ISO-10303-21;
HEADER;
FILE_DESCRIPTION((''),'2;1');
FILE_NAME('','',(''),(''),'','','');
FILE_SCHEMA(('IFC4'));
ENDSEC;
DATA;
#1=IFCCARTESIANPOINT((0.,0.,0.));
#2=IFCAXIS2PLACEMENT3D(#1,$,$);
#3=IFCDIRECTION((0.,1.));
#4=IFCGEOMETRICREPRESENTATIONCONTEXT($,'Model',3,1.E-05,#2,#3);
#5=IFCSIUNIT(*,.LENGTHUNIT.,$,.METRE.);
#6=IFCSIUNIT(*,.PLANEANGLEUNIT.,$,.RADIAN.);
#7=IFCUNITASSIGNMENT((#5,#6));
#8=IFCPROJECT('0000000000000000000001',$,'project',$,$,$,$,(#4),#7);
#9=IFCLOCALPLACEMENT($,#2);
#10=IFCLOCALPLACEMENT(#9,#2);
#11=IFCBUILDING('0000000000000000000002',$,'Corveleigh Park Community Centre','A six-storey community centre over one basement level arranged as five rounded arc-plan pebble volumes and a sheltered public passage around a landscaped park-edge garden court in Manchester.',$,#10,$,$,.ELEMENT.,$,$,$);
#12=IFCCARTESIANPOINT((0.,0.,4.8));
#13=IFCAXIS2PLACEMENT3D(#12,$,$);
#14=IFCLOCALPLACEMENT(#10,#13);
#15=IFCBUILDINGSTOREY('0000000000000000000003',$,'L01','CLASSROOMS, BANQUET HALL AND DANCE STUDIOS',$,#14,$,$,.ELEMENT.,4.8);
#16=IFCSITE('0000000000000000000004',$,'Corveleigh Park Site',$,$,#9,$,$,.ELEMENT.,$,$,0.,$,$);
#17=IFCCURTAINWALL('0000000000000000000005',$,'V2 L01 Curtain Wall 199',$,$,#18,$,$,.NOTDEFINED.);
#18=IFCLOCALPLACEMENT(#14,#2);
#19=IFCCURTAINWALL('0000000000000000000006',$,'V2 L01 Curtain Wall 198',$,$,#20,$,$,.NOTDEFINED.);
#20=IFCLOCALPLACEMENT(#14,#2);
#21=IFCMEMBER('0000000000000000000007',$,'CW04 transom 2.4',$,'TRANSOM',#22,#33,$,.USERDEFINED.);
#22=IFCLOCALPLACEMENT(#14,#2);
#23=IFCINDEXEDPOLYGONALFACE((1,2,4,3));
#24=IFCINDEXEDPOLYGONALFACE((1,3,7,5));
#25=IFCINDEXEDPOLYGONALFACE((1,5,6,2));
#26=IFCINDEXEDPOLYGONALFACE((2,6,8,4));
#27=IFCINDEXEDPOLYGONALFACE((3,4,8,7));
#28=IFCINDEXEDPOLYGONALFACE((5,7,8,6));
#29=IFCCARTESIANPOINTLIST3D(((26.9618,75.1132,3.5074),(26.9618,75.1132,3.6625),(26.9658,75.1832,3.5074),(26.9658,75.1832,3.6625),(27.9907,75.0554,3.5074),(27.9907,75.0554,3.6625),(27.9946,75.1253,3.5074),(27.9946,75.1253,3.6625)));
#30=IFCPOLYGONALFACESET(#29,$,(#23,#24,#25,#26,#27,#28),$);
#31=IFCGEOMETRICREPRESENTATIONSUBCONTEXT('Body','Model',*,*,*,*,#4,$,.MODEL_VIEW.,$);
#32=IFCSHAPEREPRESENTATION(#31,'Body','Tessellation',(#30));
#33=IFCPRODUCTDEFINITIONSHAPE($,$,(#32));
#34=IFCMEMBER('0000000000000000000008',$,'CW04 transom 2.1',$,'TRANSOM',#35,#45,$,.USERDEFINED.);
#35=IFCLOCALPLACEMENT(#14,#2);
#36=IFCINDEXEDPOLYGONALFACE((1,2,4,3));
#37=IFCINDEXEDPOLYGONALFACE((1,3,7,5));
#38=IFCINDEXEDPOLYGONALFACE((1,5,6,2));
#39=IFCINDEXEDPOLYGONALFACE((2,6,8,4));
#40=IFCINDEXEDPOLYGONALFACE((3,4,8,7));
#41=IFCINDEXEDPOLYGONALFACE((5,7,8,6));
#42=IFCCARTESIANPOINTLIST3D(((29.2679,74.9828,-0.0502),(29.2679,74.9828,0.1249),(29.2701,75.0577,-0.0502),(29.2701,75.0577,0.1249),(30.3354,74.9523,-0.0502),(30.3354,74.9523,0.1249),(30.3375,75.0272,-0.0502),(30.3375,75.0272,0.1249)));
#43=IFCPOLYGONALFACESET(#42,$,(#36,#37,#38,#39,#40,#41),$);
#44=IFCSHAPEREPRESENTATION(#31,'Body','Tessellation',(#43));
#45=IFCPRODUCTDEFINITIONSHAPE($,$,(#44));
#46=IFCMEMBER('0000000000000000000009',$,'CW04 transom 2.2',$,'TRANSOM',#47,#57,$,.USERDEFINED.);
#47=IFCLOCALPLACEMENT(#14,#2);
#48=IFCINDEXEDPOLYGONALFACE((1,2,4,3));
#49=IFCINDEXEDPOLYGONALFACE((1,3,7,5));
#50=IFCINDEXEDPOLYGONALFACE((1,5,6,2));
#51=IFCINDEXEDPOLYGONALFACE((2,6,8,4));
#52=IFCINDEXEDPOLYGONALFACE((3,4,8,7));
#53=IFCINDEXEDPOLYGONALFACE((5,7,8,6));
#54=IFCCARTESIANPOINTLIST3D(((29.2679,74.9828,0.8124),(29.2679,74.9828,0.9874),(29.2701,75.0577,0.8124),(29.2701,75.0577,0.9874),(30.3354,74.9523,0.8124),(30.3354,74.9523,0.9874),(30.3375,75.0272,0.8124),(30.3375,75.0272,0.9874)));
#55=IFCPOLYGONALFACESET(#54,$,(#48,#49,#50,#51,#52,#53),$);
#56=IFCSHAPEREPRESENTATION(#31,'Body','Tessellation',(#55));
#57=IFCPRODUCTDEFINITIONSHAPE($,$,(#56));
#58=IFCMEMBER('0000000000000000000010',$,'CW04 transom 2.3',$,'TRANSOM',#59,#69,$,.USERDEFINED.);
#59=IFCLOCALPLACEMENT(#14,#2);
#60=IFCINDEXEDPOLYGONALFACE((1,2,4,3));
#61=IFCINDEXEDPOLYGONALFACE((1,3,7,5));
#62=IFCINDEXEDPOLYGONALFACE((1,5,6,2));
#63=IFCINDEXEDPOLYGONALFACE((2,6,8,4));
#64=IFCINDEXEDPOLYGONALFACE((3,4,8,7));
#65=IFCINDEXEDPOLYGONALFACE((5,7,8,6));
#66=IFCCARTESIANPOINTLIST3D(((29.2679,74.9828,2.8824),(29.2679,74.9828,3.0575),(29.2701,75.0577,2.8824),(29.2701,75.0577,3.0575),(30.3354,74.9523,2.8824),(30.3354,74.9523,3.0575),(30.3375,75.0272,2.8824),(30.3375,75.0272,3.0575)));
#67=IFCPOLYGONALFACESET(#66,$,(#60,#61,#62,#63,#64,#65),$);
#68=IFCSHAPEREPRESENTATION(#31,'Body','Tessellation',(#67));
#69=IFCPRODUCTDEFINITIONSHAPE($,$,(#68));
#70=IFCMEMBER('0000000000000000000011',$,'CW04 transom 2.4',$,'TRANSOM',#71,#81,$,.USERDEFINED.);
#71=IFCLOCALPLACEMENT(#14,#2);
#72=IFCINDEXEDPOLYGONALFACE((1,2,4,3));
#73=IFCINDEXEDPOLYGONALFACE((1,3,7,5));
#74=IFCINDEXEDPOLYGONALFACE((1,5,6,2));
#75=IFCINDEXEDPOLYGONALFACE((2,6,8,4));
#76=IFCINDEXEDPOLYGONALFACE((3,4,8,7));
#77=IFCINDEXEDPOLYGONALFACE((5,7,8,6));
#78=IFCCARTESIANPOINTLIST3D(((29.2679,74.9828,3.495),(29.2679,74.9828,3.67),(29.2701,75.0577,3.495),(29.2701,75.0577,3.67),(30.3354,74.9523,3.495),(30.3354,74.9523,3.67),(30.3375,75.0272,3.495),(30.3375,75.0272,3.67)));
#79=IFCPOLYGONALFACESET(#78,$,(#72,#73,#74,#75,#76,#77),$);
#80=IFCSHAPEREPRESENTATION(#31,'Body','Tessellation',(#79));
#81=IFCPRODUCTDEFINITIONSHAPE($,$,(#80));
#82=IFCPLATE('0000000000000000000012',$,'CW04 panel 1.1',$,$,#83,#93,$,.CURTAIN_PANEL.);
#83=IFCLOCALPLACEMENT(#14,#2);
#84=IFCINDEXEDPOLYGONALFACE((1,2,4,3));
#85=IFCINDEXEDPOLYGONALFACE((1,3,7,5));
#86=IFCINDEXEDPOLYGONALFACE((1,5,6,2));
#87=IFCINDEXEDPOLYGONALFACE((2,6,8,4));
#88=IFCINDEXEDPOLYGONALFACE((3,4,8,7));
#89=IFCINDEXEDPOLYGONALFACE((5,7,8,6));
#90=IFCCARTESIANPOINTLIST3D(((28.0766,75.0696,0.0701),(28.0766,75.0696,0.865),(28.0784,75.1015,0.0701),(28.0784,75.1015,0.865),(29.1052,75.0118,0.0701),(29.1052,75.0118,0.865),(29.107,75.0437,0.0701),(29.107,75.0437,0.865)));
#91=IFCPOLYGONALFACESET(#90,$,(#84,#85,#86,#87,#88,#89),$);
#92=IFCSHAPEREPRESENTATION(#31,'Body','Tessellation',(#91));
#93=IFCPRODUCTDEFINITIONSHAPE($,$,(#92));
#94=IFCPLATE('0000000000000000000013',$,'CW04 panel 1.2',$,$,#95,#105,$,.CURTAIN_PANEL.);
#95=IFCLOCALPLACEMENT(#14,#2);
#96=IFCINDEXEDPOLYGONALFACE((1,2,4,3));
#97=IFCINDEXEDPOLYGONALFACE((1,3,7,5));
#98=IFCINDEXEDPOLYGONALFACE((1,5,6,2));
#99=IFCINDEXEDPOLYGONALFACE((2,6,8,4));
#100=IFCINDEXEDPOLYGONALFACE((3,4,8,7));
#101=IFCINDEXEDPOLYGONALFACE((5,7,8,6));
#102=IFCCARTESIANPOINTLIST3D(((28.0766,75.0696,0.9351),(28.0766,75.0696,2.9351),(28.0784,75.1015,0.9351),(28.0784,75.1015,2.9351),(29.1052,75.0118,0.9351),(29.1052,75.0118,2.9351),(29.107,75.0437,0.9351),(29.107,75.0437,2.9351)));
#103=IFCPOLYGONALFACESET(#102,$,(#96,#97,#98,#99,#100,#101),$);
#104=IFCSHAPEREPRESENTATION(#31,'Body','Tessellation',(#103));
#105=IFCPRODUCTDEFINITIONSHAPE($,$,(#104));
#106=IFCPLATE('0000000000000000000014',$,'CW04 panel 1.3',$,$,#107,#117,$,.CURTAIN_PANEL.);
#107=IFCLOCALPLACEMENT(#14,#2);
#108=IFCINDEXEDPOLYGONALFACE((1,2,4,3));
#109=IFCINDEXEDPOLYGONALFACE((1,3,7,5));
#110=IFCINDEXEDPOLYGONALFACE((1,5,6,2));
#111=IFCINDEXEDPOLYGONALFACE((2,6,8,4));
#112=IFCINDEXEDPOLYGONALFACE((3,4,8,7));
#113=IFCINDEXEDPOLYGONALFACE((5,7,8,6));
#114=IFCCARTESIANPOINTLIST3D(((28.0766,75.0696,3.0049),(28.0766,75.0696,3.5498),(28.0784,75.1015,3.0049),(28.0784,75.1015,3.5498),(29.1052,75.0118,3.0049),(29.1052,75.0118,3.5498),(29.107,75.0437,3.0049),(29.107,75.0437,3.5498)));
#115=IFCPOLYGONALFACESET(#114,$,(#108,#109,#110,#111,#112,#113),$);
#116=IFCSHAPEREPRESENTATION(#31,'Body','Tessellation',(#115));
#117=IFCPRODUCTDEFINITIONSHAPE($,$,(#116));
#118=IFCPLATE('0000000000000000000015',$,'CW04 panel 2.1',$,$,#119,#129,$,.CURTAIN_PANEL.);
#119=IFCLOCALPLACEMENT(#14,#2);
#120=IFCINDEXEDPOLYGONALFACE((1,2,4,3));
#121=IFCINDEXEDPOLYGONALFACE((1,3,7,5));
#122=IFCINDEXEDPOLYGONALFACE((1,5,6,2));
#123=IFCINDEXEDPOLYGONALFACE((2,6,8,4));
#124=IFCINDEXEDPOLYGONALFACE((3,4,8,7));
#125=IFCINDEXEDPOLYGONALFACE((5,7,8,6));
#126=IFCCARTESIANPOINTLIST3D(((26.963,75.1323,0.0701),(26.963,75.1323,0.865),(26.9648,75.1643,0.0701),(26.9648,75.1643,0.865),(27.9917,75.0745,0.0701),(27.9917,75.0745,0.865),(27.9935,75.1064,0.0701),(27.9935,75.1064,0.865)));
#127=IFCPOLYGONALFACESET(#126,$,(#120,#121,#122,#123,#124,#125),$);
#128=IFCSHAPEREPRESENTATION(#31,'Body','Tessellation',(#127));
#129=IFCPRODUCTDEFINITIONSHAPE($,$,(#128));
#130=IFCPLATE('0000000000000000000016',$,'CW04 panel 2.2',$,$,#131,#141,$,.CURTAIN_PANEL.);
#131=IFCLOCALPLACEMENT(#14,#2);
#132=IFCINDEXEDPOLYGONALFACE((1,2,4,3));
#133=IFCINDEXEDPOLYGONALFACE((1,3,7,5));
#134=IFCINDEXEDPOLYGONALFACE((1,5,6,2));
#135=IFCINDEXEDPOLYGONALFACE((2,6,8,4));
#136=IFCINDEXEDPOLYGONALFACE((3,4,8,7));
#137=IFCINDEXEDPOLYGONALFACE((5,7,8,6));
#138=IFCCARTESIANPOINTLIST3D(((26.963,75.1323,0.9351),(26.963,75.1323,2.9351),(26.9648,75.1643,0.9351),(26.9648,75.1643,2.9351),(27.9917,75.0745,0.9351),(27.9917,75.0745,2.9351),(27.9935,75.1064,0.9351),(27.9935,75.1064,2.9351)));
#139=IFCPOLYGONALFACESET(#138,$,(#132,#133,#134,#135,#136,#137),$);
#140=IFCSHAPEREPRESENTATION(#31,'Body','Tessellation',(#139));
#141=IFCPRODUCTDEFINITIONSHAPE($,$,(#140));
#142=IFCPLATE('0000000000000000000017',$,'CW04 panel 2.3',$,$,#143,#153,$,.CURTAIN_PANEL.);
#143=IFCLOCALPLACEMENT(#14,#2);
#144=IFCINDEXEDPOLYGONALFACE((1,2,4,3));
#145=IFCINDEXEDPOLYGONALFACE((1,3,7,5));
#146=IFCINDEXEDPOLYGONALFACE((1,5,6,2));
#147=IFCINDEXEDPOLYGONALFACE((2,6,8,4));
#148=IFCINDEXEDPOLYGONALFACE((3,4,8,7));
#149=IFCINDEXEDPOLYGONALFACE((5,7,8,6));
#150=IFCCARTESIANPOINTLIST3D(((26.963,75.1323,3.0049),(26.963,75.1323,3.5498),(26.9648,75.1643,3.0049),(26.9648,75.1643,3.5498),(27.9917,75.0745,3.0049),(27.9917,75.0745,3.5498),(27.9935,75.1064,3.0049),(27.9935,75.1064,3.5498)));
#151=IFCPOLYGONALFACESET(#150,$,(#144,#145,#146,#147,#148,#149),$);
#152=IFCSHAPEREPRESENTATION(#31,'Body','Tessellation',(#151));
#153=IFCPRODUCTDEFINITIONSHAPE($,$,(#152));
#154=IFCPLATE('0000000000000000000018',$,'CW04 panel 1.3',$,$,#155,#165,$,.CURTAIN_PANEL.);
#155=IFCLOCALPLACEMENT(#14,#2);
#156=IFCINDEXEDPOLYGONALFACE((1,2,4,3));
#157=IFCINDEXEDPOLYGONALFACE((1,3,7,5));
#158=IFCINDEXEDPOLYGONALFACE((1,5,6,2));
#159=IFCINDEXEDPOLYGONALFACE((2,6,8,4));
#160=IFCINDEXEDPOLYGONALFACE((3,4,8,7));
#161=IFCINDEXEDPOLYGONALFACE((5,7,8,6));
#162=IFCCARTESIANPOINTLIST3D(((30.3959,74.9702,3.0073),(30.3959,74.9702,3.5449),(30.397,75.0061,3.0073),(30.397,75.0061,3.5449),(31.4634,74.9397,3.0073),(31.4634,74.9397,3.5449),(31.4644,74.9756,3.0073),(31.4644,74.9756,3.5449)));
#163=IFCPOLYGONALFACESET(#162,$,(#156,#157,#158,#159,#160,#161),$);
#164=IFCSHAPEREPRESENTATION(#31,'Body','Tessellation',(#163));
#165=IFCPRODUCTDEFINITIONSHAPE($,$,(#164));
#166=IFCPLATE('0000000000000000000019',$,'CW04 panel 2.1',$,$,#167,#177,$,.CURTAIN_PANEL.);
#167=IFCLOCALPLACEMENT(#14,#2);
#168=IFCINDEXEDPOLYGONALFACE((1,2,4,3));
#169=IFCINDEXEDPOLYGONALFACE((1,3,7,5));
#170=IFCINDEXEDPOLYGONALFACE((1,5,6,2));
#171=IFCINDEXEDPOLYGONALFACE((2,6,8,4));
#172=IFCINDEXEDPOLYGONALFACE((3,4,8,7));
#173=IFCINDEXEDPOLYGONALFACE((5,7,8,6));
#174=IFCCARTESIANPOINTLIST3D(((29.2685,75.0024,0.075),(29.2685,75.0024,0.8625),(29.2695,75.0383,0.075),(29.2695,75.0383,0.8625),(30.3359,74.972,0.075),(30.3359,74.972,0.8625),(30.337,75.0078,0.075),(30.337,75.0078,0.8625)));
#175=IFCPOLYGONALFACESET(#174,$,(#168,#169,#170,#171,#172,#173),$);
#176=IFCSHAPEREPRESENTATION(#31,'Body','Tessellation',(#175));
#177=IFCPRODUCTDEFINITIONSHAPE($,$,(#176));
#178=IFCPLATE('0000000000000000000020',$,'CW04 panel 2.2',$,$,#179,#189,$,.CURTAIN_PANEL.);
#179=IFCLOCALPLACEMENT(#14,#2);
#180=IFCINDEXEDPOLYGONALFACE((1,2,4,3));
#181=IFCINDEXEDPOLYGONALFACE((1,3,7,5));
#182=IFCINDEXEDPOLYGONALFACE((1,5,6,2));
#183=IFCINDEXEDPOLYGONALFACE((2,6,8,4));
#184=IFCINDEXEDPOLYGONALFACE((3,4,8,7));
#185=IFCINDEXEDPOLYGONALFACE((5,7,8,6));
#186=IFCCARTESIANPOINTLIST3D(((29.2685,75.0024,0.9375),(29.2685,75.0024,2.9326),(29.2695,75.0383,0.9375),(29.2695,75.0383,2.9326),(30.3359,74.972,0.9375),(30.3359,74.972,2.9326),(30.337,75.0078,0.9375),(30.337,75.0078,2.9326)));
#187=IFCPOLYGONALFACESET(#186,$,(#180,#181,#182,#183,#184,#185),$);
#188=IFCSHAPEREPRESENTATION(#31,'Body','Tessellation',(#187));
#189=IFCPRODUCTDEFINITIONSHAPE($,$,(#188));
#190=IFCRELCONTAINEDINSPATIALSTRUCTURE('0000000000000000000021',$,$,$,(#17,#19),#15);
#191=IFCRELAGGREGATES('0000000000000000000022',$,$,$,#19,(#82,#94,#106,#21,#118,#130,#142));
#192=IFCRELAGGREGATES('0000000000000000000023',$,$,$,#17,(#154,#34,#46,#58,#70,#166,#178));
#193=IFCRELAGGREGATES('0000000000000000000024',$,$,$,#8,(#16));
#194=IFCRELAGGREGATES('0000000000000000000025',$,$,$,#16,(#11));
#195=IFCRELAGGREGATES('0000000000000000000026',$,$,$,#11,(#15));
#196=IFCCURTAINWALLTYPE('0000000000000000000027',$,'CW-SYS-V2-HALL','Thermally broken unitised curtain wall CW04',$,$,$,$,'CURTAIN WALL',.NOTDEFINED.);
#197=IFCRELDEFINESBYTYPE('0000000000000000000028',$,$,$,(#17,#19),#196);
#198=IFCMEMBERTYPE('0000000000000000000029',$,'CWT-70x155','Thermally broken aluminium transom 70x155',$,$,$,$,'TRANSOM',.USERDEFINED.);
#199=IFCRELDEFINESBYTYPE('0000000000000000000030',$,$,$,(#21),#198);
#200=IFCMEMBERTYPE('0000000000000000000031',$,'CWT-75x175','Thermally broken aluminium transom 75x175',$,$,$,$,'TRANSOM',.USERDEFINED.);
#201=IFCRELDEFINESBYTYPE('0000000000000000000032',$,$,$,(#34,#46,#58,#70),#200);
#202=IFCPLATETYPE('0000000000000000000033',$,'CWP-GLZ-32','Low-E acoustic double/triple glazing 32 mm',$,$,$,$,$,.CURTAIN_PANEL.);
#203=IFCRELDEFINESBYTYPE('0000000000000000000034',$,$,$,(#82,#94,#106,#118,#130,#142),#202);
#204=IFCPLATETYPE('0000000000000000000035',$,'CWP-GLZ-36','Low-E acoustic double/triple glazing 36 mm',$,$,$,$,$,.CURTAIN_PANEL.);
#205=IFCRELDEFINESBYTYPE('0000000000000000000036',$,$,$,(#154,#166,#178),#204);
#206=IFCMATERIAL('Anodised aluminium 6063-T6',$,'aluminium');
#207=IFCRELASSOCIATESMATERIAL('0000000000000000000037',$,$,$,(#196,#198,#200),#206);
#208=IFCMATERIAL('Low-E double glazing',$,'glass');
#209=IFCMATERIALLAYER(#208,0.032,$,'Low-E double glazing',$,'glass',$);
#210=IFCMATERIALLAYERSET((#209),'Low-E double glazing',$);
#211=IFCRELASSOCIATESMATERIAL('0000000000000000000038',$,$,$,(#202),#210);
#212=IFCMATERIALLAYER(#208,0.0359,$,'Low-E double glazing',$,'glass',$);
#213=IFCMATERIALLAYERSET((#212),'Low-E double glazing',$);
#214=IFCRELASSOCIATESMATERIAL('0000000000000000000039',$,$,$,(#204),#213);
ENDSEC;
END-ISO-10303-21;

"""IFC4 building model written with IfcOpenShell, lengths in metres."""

from ifc_helpers import new_model, si_unit, direction, frame, origin, origin_2d, place, context, subcontext, project, spatial, rectangle, extrude, material, layer, layer_set, material_profile, profile_set, type_object, element, aggregate, save


model = new_model("IFC4")

# Units and contexts
model_context = context("Model", 3, precision=1e-05, world=origin(), true_north=direction((0.0, 1.0)))
body_context = subcontext(model_context, "Body", "Model", "MODEL_VIEW")
ifc_project = project(units=[si_unit("LENGTHUNIT", "METRE"), si_unit("PLANEANGLEUNIT", "RADIAN")], contexts=[model_context])

# Site, building, storey
site_placement = place(None, origin())
site = spatial("IfcSite", under=ifc_project, at=site_placement, Name="Corveleigh Park Site", CompositionType="ELEMENT", RefElevation=0.0)
building_placement = place(site_placement, origin())
building = spatial("IfcBuilding", under=site, at=building_placement, Name="Corveleigh Park Community Centre", Description="A six-storey community centre over one basement level arranged as five rounded arc-plan pebble volumes and a sheltered public passage around a landscaped park-edge garden court in Manchester.", CompositionType="ELEMENT")
storey_placement = place(building_placement, frame((0.0, 0.0, 4.8)))
storey = spatial("IfcBuildingStorey", under=building, at=storey_placement, Name="L01", Description="CLASSROOMS, BANQUET HALL AND DANCE STUDIOS", CompositionType="ELEMENT", Elevation=4.8)

# Curtain wall
ifc_material_1 = material(Name="Anodised aluminium 6063-T6", Category="aluminium")
curtain_wall_type = type_object("IfcCurtainWallType", Name="CW-SYS-V2-HALL", Description="Thermally broken unitised curtain wall CW04", ElementType="CURTAIN WALL", PredefinedType="NOTDEFINED", material=ifc_material_1)
curtain_wall_1_placement = place(storey_placement, origin())
curtain_wall_1 = element("IfcCurtainWall", 1, at=curtain_wall_1_placement, inside=storey, type_object=curtain_wall_type, Name="V2 L01 Curtain Wall 199", PredefinedType="NOTDEFINED")

# Curtain wall
curtain_wall_2_placement = place(storey_placement, origin())
curtain_wall_2 = element("IfcCurtainWall", 2, at=curtain_wall_2_placement, inside=storey, type_object=curtain_wall_type, Name="V2 L01 Curtain Wall 198", PredefinedType="NOTDEFINED")

# Members
ifc_material_profile_1 = material_profile(ifc_material_1, rectangle(XDim=0.0701, YDim=0.155, at=origin_2d()), Name="ALU-T70x155", Category="aluminium")
ifc_profile_set_1 = profile_set([ifc_material_profile_1], Name="Anodised aluminium 6063-T6")
member_type_1 = type_object("IfcMemberType", Name="CWT-70x155", Description="Thermally broken aluminium transom 70x155", ElementType="TRANSOM", PredefinedType="USERDEFINED", material=ifc_profile_set_1)
member_1_placement = place(storey_placement, frame((27.9927, 75.0903, 3.585), z_axis=(-0.998422, 0.056152, 0.0), x_axis=(-0.056152, -0.998422, 0.0)))
member_1 = element("IfcMember", 3, at=member_1_placement, type_object=member_type_1, Name="CW04 transom 2.4", ObjectType="TRANSOM", PredefinedType="USERDEFINED", context=body_context, shape_type="SweptSolid", body=[
    extrude(rectangle(XDim=0.0701, YDim=0.155, at=origin_2d()), origin(), (0.0, 0.0, 1.0), 1.0305),
])
ifc_material_profile_2 = material_profile(ifc_material_1, rectangle(XDim=0.075, YDim=0.175, at=origin_2d()), Name="ALU-T75x175", Category="aluminium")
ifc_profile_set_2 = profile_set([ifc_material_profile_2], Name="Anodised aluminium 6063-T6")
member_type_2 = type_object("IfcMemberType", Name="CWT-75x175", Description="Thermally broken aluminium transom 75x175", ElementType="TRANSOM", PredefinedType="USERDEFINED", material=ifc_profile_set_2)
member_2_placement = place(storey_placement, frame((30.3364, 74.9897, 0.0374), z_axis=(-0.999592, 0.028579, 0.0), x_axis=(-0.028579, -0.999592, 0.0)))
member_2 = element("IfcMember", 4, at=member_2_placement, type_object=member_type_2, Name="CW04 transom 2.1", ObjectType="TRANSOM", PredefinedType="USERDEFINED", context=body_context, shape_type="SweptSolid", body=[
    extrude(rectangle(XDim=0.075, YDim=0.175, at=origin_2d()), origin(), (0.0, 0.0, 1.0), 1.0679),
])
member_3_placement = place(storey_placement, frame((30.3364, 74.9897, 0.8999), z_axis=(-0.999592, 0.028579, 0.0), x_axis=(-0.028579, -0.999592, 0.0)))
member_3 = element("IfcMember", 5, at=member_3_placement, type_object=member_type_2, Name="CW04 transom 2.2", ObjectType="TRANSOM", PredefinedType="USERDEFINED", context=body_context, shape_type="SweptSolid", body=[
    extrude(rectangle(XDim=0.075, YDim=0.175, at=origin_2d()), origin(), (0.0, 0.0, 1.0), 1.0679),
])
member_4_placement = place(storey_placement, frame((30.3364, 74.9897, 2.97), z_axis=(-0.999592, 0.028579, 0.0), x_axis=(-0.028579, -0.999592, 0.0)))
member_4 = element("IfcMember", 6, at=member_4_placement, type_object=member_type_2, Name="CW04 transom 2.3", ObjectType="TRANSOM", PredefinedType="USERDEFINED", context=body_context, shape_type="SweptSolid", body=[
    extrude(rectangle(XDim=0.075, YDim=0.175, at=origin_2d()), origin(), (0.0, 0.0, 1.0), 1.0679),
])
member_5_placement = place(storey_placement, frame((30.3364, 74.9897, 3.5825), z_axis=(-0.999592, 0.028579, 0.0), x_axis=(-0.028579, -0.999592, 0.0)))
member_5 = element("IfcMember", 7, at=member_5_placement, type_object=member_type_2, Name="CW04 transom 2.4", ObjectType="TRANSOM", PredefinedType="USERDEFINED", context=body_context, shape_type="SweptSolid", body=[
    extrude(rectangle(XDim=0.075, YDim=0.175, at=origin_2d()), origin(), (0.0, 0.0, 1.0), 1.0679),
])

# Plates
ifc_material_2 = material(Name="Low-E double glazing", Category="glass")
ifc_layer_1 = layer(ifc_material_2, 0.032, Name="Low-E double glazing", Category="glass")
ifc_layer_set_1 = layer_set([ifc_layer_1], Name="Low-E double glazing")
plate_type_1 = type_object("IfcPlateType", Name="CWP-GLZ-32", Description="Low-E acoustic double/triple glazing 32 mm", PredefinedType="CURTAIN_PANEL", material=ifc_layer_set_1)
plate_1_placement = place(storey_placement, frame((28.5918, 75.0566, 0.0701), z_axis=(0.0, 0.0, 1.0), x_axis=(-0.998423, 0.05614, 0.0)))
plate_1 = element("IfcPlate", 8, at=plate_1_placement, type_object=plate_type_1, Name="CW04 panel 1.1", PredefinedType="CURTAIN_PANEL", context=body_context, shape_type="SweptSolid", body=[
    extrude(rectangle(XDim=1.0303, YDim=0.032, at=origin_2d()), origin(), (0.0, 0.0, 1.0), 0.7949),
])
plate_2_placement = place(storey_placement, frame((28.5918, 75.0566, 0.9351), z_axis=(0.0, 0.0, 1.0), x_axis=(-0.998423, 0.05614, 0.0)))
plate_2 = element("IfcPlate", 9, at=plate_2_placement, type_object=plate_type_1, Name="CW04 panel 1.2", PredefinedType="CURTAIN_PANEL", context=body_context, shape_type="SweptSolid", body=[
    extrude(rectangle(XDim=1.0303, YDim=0.032, at=origin_2d()), origin(), (0.0, 0.0, 1.0), 2.0),
])
plate_3_placement = place(storey_placement, frame((28.5918, 75.0566, 3.0049), z_axis=(0.0, 0.0, 1.0), x_axis=(-0.998423, 0.05614, 0.0)))
plate_3 = element("IfcPlate", 10, at=plate_3_placement, type_object=plate_type_1, Name="CW04 panel 1.3", PredefinedType="CURTAIN_PANEL", context=body_context, shape_type="SweptSolid", body=[
    extrude(rectangle(XDim=1.0303, YDim=0.032, at=origin_2d()), origin(), (0.0, 0.0, 1.0), 0.5449),
])
plate_4_placement = place(storey_placement, frame((27.4783, 75.1194, 0.0701), z_axis=(0.0, 0.0, 1.0), x_axis=(-0.998423, 0.05614, 0.0)))
plate_4 = element("IfcPlate", 11, at=plate_4_placement, type_object=plate_type_1, Name="CW04 panel 2.1", PredefinedType="CURTAIN_PANEL", context=body_context, shape_type="SweptSolid", body=[
    extrude(rectangle(XDim=1.0303, YDim=0.032, at=origin_2d()), origin(), (0.0, 0.0, 1.0), 0.7949),
])
plate_5_placement = place(storey_placement, frame((27.4783, 75.1194, 0.9351), z_axis=(0.0, 0.0, 1.0), x_axis=(-0.998423, 0.05614, 0.0)))
plate_5 = element("IfcPlate", 12, at=plate_5_placement, type_object=plate_type_1, Name="CW04 panel 2.2", PredefinedType="CURTAIN_PANEL", context=body_context, shape_type="SweptSolid", body=[
    extrude(rectangle(XDim=1.0303, YDim=0.032, at=origin_2d()), origin(), (0.0, 0.0, 1.0), 2.0),
])
plate_6_placement = place(storey_placement, frame((27.4783, 75.1194, 3.0049), z_axis=(0.0, 0.0, 1.0), x_axis=(-0.998423, 0.05614, 0.0)))
plate_6 = element("IfcPlate", 13, at=plate_6_placement, type_object=plate_type_1, Name="CW04 panel 2.3", PredefinedType="CURTAIN_PANEL", context=body_context, shape_type="SweptSolid", body=[
    extrude(rectangle(XDim=1.0303, YDim=0.032, at=origin_2d()), origin(), (0.0, 0.0, 1.0), 0.5449),
])
aggregate(curtain_wall_2, [plate_1, plate_2, plate_3, member_1, plate_4, plate_5, plate_6])
ifc_layer_2 = layer(ifc_material_2, 0.0359, Name="Low-E double glazing", Category="glass")
ifc_layer_set_2 = layer_set([ifc_layer_2], Name="Low-E double glazing")
plate_type_2 = type_object("IfcPlateType", Name="CWP-GLZ-36", Description="Low-E acoustic double/triple glazing 36 mm", PredefinedType="CURTAIN_PANEL", material=ifc_layer_set_2)
plate_7_placement = place(storey_placement, frame((30.9302, 74.9729, 3.0073), z_axis=(0.0, 0.0, 1.0), x_axis=(-0.999594, 0.028498, 0.0)))
plate_7 = element("IfcPlate", 14, at=plate_7_placement, type_object=plate_type_2, Name="CW04 panel 1.3", PredefinedType="CURTAIN_PANEL", context=body_context, shape_type="SweptSolid", body=[
    extrude(rectangle(XDim=1.0679, YDim=0.0359, at=origin_2d()), origin(), (0.0, 0.0, 1.0), 0.5376),
])
plate_8_placement = place(storey_placement, frame((29.8027, 75.0051, 0.075), z_axis=(0.0, 0.0, 1.0), x_axis=(-0.999594, 0.028498, 0.0)))
plate_8 = element("IfcPlate", 15, at=plate_8_placement, type_object=plate_type_2, Name="CW04 panel 2.1", PredefinedType="CURTAIN_PANEL", context=body_context, shape_type="SweptSolid", body=[
    extrude(rectangle(XDim=1.0679, YDim=0.0359, at=origin_2d()), origin(), (0.0, 0.0, 1.0), 0.7876),
])
plate_9_placement = place(storey_placement, frame((29.8027, 75.0051, 0.9375), z_axis=(0.0, 0.0, 1.0), x_axis=(-0.999594, 0.028498, 0.0)))
plate_9 = element("IfcPlate", 16, at=plate_9_placement, type_object=plate_type_2, Name="CW04 panel 2.2", PredefinedType="CURTAIN_PANEL", context=body_context, shape_type="SweptSolid", body=[
    extrude(rectangle(XDim=1.0679, YDim=0.0359, at=origin_2d()), origin(), (0.0, 0.0, 1.0), 1.9951),
])
aggregate(curtain_wall_1, [plate_7, member_2, member_3, member_4, member_5, plate_8, plate_9])

save(model, "model.ifc")
